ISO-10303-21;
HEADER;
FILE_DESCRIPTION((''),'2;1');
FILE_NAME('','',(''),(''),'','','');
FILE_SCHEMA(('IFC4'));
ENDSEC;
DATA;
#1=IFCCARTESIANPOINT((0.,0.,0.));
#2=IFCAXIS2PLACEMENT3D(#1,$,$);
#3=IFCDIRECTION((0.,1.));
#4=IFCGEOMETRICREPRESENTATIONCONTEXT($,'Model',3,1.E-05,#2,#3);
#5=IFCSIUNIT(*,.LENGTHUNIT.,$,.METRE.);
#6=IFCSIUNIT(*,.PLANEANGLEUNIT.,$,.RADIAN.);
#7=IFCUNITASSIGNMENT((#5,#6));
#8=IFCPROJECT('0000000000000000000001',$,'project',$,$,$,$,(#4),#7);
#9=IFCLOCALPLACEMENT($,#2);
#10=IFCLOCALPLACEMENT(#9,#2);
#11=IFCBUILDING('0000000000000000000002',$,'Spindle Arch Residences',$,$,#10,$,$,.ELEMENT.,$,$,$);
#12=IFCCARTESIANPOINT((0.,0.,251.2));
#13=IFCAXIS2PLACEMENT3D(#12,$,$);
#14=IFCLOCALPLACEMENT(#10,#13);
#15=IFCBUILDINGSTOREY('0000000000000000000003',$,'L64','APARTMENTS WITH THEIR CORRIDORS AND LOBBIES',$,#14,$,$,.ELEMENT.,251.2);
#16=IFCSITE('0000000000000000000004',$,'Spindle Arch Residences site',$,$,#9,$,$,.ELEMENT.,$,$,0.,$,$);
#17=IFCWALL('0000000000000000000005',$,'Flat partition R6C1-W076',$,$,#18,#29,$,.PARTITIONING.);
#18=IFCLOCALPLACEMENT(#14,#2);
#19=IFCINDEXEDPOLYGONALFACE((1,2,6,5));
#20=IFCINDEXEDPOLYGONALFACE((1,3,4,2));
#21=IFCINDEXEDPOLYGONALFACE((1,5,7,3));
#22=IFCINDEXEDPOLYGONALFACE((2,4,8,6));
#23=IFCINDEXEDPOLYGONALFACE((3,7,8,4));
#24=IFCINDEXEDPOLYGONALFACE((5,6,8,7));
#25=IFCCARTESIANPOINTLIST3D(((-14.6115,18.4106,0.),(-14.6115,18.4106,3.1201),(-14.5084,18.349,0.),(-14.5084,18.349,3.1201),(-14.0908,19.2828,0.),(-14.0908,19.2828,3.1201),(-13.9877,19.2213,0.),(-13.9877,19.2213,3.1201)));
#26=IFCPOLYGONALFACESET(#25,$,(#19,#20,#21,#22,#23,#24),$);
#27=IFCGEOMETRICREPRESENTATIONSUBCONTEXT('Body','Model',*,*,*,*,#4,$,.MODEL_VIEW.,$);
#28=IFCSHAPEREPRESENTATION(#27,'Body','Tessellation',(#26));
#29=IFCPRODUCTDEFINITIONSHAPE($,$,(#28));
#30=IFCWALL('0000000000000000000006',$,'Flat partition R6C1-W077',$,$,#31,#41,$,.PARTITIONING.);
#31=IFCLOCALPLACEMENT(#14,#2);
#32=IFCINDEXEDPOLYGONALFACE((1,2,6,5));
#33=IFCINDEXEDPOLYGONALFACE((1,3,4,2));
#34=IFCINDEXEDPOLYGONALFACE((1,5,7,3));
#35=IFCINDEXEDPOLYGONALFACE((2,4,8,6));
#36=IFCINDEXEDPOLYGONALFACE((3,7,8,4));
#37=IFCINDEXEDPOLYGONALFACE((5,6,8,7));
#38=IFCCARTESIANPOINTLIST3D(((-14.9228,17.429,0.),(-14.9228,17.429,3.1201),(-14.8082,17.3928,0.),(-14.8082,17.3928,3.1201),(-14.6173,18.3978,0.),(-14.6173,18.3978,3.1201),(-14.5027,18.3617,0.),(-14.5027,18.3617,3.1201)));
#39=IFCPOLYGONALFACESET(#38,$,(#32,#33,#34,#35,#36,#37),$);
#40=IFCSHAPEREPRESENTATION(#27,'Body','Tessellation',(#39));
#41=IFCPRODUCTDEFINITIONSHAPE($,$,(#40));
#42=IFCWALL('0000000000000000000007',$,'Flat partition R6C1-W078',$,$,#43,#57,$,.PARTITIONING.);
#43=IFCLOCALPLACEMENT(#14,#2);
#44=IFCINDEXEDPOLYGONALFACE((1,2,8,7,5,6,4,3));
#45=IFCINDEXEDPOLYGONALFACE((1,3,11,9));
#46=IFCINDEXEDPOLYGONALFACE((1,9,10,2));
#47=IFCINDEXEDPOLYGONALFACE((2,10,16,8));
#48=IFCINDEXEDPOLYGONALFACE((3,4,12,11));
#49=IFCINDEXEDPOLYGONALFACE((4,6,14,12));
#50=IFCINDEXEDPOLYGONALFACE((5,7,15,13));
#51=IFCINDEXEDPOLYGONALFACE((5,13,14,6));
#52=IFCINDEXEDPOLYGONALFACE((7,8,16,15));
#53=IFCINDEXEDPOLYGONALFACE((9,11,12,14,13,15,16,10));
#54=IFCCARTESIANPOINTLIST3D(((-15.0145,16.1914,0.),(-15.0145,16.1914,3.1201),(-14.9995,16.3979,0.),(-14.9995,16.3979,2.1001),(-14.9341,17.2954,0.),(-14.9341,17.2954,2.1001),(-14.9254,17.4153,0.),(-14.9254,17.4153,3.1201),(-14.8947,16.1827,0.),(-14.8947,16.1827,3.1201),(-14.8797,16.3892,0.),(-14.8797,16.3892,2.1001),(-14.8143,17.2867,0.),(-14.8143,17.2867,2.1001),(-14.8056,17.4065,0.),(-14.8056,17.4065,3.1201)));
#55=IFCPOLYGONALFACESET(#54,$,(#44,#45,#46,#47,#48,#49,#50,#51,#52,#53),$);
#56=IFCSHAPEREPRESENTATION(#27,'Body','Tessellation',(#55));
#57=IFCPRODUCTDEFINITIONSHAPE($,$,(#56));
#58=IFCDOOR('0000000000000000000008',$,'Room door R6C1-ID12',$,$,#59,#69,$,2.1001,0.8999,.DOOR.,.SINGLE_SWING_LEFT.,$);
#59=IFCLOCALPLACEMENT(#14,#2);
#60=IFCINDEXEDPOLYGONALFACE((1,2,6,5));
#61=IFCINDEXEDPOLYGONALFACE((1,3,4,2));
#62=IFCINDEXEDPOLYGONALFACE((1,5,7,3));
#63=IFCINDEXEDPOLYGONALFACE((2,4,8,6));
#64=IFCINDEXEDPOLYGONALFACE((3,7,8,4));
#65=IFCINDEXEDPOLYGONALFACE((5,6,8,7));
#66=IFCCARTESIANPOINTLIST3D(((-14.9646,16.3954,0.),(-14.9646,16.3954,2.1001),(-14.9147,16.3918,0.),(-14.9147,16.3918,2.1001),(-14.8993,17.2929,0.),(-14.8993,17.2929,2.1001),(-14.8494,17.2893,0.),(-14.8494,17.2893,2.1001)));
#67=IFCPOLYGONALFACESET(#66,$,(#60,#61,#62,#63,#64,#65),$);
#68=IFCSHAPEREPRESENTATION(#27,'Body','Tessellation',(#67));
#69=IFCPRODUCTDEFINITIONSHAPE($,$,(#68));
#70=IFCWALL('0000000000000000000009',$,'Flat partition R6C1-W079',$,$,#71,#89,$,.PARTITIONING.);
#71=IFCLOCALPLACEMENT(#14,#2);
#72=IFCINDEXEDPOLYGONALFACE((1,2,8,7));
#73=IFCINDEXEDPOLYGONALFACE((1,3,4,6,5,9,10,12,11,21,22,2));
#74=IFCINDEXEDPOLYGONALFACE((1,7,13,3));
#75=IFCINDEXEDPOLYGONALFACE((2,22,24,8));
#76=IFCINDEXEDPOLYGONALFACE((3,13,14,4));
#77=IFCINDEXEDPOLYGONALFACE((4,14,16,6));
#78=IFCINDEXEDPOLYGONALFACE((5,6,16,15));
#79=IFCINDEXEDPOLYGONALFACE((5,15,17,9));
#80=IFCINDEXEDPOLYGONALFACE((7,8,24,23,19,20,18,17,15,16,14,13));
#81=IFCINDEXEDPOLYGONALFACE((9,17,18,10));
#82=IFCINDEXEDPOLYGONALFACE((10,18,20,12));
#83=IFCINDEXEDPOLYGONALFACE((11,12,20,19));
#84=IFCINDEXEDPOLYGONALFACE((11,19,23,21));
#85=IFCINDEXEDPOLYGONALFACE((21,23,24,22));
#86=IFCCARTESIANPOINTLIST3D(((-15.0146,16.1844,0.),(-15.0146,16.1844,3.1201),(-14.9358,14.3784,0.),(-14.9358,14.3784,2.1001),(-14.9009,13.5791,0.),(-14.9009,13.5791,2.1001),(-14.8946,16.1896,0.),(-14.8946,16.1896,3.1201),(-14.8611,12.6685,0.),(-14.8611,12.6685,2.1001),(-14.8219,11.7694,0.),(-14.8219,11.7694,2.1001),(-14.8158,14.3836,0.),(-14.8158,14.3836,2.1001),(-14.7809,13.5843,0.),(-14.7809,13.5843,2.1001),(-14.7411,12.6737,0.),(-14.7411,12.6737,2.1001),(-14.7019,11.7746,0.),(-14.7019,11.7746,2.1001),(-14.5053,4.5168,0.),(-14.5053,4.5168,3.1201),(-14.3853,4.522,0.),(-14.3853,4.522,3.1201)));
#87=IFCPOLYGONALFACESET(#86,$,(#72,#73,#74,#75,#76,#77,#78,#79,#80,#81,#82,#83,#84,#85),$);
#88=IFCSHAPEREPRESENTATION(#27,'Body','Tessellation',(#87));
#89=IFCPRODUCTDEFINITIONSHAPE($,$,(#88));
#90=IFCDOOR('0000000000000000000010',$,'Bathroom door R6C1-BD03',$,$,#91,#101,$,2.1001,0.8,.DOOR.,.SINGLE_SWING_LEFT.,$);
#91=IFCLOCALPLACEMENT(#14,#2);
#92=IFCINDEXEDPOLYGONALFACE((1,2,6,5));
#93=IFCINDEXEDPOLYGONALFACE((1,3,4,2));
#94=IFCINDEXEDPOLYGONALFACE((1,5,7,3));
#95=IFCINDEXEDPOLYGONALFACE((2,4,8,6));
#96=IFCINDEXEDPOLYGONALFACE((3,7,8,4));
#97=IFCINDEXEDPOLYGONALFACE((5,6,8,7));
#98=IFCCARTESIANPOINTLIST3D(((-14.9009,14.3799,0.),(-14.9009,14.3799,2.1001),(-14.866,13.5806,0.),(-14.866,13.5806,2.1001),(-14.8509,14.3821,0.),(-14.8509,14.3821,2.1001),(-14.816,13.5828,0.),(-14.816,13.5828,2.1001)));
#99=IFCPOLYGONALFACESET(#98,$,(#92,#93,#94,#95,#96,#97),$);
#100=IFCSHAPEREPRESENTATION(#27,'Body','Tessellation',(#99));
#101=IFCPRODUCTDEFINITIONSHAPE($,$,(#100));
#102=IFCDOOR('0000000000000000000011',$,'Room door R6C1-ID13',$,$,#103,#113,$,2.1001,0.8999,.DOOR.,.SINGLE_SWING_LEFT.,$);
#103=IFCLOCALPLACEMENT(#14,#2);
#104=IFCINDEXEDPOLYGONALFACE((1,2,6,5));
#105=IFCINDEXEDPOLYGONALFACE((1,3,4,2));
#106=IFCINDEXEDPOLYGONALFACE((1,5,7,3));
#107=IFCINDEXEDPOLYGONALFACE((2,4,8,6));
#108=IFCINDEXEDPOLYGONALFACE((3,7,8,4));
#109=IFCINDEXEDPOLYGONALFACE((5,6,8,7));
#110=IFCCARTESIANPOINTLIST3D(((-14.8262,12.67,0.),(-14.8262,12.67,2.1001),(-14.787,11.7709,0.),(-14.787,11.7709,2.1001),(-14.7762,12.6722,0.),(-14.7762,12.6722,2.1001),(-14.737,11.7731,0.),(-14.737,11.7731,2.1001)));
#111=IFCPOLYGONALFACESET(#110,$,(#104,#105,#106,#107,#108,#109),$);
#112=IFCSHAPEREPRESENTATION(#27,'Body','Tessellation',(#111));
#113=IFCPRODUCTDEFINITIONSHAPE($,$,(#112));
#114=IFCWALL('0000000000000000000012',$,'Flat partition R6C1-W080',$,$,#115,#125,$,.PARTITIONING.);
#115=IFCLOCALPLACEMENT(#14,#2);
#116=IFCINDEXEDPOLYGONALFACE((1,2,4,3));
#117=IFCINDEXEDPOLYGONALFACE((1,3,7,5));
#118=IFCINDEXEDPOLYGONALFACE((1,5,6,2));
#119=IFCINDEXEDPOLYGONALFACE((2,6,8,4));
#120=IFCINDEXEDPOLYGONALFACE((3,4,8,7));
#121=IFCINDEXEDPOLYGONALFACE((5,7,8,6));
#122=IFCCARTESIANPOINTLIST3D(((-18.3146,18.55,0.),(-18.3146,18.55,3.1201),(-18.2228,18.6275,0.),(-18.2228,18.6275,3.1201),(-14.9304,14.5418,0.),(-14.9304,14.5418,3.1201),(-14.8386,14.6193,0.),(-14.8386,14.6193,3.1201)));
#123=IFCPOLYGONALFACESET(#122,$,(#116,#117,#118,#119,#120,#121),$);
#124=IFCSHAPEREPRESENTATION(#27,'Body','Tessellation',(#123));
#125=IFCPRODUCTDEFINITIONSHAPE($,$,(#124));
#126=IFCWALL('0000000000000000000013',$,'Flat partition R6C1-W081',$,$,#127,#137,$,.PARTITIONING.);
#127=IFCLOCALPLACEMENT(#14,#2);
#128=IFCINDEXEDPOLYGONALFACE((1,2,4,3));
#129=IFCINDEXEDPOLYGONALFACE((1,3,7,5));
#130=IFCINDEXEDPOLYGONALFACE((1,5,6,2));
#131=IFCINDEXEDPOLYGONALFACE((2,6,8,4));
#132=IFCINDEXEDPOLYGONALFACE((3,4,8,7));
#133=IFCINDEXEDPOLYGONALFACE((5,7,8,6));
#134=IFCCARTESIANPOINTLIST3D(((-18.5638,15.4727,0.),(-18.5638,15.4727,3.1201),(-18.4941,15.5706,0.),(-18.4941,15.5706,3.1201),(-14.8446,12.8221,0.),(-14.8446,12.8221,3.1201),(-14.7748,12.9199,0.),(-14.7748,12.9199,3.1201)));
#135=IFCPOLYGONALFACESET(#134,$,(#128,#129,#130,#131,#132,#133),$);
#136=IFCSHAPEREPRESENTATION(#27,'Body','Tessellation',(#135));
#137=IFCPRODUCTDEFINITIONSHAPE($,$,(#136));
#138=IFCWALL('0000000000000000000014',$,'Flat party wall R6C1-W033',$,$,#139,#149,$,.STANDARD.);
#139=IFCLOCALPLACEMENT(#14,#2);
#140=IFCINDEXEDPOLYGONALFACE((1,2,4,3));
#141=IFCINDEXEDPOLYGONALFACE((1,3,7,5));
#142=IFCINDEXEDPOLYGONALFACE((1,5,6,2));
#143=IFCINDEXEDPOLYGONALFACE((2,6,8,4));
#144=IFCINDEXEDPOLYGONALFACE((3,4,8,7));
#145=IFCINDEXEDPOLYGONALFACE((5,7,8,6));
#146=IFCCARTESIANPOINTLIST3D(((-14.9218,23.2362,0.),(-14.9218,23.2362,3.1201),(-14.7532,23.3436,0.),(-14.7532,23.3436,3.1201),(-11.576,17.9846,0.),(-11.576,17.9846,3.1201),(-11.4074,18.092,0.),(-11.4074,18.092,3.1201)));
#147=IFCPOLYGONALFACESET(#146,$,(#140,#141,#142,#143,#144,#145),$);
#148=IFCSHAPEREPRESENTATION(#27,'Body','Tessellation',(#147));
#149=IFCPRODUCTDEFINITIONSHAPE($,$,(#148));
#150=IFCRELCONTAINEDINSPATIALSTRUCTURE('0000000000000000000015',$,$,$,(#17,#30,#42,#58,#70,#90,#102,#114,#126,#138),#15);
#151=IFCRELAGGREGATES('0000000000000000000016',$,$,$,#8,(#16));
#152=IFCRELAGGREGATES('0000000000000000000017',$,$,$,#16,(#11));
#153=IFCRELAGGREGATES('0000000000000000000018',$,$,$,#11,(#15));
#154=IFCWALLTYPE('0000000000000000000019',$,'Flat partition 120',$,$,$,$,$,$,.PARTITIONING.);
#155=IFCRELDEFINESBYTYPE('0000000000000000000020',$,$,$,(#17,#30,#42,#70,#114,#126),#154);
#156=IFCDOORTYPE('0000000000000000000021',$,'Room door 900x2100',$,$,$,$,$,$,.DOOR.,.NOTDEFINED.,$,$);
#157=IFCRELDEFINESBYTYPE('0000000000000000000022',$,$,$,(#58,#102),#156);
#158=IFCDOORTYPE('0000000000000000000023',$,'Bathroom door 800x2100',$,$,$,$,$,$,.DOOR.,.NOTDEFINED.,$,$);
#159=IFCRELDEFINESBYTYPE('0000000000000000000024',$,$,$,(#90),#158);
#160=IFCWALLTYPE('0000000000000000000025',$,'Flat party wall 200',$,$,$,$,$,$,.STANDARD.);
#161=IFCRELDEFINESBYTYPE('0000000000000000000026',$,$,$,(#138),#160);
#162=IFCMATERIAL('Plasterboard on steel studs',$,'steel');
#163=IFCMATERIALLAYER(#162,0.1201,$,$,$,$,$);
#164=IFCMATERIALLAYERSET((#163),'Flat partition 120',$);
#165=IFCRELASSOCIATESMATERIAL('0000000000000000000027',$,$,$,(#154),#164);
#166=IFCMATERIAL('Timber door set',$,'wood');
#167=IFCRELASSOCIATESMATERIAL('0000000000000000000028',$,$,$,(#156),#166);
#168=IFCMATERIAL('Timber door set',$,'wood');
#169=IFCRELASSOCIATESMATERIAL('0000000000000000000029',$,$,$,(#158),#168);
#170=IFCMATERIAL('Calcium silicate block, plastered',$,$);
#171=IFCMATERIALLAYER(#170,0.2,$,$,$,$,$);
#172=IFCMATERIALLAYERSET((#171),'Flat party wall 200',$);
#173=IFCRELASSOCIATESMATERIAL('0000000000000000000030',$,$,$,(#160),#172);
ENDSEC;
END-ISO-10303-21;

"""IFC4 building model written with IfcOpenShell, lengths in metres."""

from ifc_helpers import new_model, si_unit, direction, frame, frame_2d, origin, place, context, subcontext, project, spatial, rectangle, extrude, material, layer, layer_set, type_object, element, fill, save


model = new_model("IFC4")

# Units and contexts
model_context = context("Model", 3, precision=1e-05, world=origin(), true_north=direction((0.0, 1.0)))
body_context = subcontext(model_context, "Body", "Model", "MODEL_VIEW")
ifc_project = project(units=[si_unit("LENGTHUNIT", "METRE"), si_unit("PLANEANGLEUNIT", "RADIAN")], contexts=[model_context])

# Site, building, storey
site_placement = place(None, origin())
site = spatial("IfcSite", under=ifc_project, at=site_placement, Name="Spindle Arch Residences site", CompositionType="ELEMENT", RefElevation=0.0)
building_placement = place(site_placement, origin())
building = spatial("IfcBuilding", under=site, at=building_placement, Name="Spindle Arch Residences", CompositionType="ELEMENT")
storey_placement = place(building_placement, frame((0.0, 0.0, 251.2)))
storey = spatial("IfcBuildingStorey", under=building, at=storey_placement, Name="L64", Description="APARTMENTS WITH THEIR CORRIDORS AND LOBBIES", CompositionType="ELEMENT", Elevation=251.2)

# Walls
ifc_material_1 = material(Name="Plasterboard on steel studs", Category="steel")
ifc_layer_1 = layer(ifc_material_1, 0.1201)
ifc_layer_set_1 = layer_set([ifc_layer_1], Name="Flat partition 120")
wall_type_1 = type_object("IfcWallType", Name="Flat partition 120", PredefinedType="PARTITIONING", material=ifc_layer_set_1)
for number, where, z_axis, x_axis, name in (
    (1, (-14.0393, 19.252, 0.0), (0.0, 0.0, 1.0), (-0.512586, -0.858636, 0.0), "Flat partition R6C1-W076"),
    (2, (-14.5601, 18.3796, 0.0), (0.0, 0.0, 1.0), (-0.300683, -0.953724, 0.0), "Flat partition R6C1-W077"),
):
    element("IfcWall", number, at=place(storey_placement, frame(where, z_axis=z_axis, x_axis=x_axis)), inside=storey, type_object=wall_type_1, Name=name, PredefinedType="PARTITIONING", context=body_context, shape_type="SweptSolid", body=[
        extrude(rectangle(XDim=1.0159, YDim=0.1201, at=frame_2d((0.5078, 0.0))), origin(), (0.0, 0.0, 1.0), 3.1201),
    ])

# Wall, opening, door
wall_1_placement = place(storey_placement, frame((-14.8655, 17.4109, 0.0), z_axis=(0.0, 0.0, 1.0), x_axis=(-0.072618, -0.99736, 0.0)))
wall_1 = element("IfcWall", 3, at=wall_1_placement, inside=storey, type_object=wall_type_1, Name="Flat partition R6C1-W078", PredefinedType="PARTITIONING", context=body_context, shape_type="SweptSolid", body=[
    extrude(rectangle(XDim=1.2271, YDim=0.1201, at=frame_2d((0.6135, 0.0))), origin(), (0.0, 0.0, 1.0), 3.1201),
])
opening_1_placement = place(wall_1_placement, frame((0.1201, 0.0, 0.0)))
opening_1 = element("IfcOpeningElement", 4, at=opening_1_placement, cuts=wall_1, PredefinedType="OPENING", context=body_context, shape_type="SweptSolid", body=[
    extrude(rectangle(XDim=0.8999, YDim=2.1001, at=frame_2d((0.45, 1.05))), frame((0.0, 0.0701, 0.0), z_axis=(0.0, -1.0, 0.0), x_axis=(1.0, 0.0, 0.0)), (0.0, 0.0, 1.0), 0.1401),
])
ifc_material_2 = material(Name="Timber door set", Category="wood")
door_type_1 = type_object("IfcDoorType", Name="Room door 900x2100", OperationType="NOTDEFINED", PredefinedType="DOOR", material=ifc_material_2)
door_1_placement = place(opening_1_placement, origin())
door_1 = element("IfcDoor", 5, at=door_1_placement, inside=storey, type_object=door_type_1, Name="Room door R6C1-ID12", OperationType="SINGLE_SWING_LEFT", OverallHeight=2.1001, OverallWidth=0.8999, PredefinedType="DOOR", context=body_context, shape_type="SweptSolid", body=[
    extrude(rectangle(XDim=0.8999, YDim=2.1001, at=frame_2d((0.45, 1.05))), frame((0.0, 0.0249, 0.0), z_axis=(0.0, -1.0, 0.0), x_axis=(1.0, 0.0, 0.0)), (0.0, 0.0, 1.0), 0.05),
])
fill(opening_1, door_1)

# Wall, openings, doors
wall_2_placement = place(storey_placement, frame((-14.9546, 16.187, 0.0), z_axis=(0.0, 0.0, 1.0), x_axis=(0.043608, -0.999049, 0.0)))
wall_2 = element("IfcWall", 6, at=wall_2_placement, inside=storey, type_object=wall_type_1, Name="Flat partition R6C1-W079", PredefinedType="PARTITIONING", context=body_context, shape_type="SweptSolid", body=[
    extrude(rectangle(XDim=11.6787, YDim=0.1201, at=frame_2d((5.8394, 0.0))), origin(), (0.0, 0.0, 1.0), 3.1201),
])
opening_2_placement = place(wall_2_placement, frame((1.8079, 0.0, 0.0)))
opening_2 = element("IfcOpeningElement", 7, at=opening_2_placement, cuts=wall_2, PredefinedType="OPENING", context=body_context, shape_type="SweptSolid", body=[
    extrude(rectangle(XDim=0.8, YDim=2.1001, at=frame_2d((0.3999, 1.05))), frame((0.0, 0.0701, 0.0), z_axis=(0.0, -1.0, 0.0), x_axis=(1.0, 0.0, 0.0)), (0.0, 0.0, 1.0), 0.1401),
])
opening_3_placement = place(wall_2_placement, frame((3.5193, 0.0, 0.0)))
opening_3 = element("IfcOpeningElement", 8, at=opening_3_placement, cuts=wall_2, PredefinedType="OPENING", context=body_context, shape_type="SweptSolid", body=[
    extrude(rectangle(XDim=0.8999, YDim=2.1001, at=frame_2d((0.45, 1.05))), frame((0.0, 0.0701, 0.0), z_axis=(0.0, -1.0, 0.0), x_axis=(1.0, 0.0, 0.0)), (0.0, 0.0, 1.0), 0.1401),
])
ifc_material_3 = material(Name="Timber door set", Category="wood")
door_type_2 = type_object("IfcDoorType", Name="Bathroom door 800x2100", OperationType="NOTDEFINED", PredefinedType="DOOR", material=ifc_material_3)
door_2_placement = place(opening_2_placement, origin())
door_2 = element("IfcDoor", 9, at=door_2_placement, inside=storey, type_object=door_type_2, Name="Bathroom door R6C1-BD03", OperationType="SINGLE_SWING_LEFT", OverallHeight=2.1001, OverallWidth=0.8, PredefinedType="DOOR", context=body_context, shape_type="SweptSolid", body=[
    extrude(rectangle(XDim=0.8, YDim=2.1001, at=frame_2d((0.3999, 1.05))), frame((0.0, 0.0249, 0.0), z_axis=(0.0, -1.0, 0.0), x_axis=(1.0, 0.0, 0.0)), (0.0, 0.0, 1.0), 0.05),
])
fill(opening_2, door_2)
door_3_placement = place(opening_3_placement, origin())
door_3 = element("IfcDoor", 10, at=door_3_placement, inside=storey, type_object=door_type_1, Name="Room door R6C1-ID13", OperationType="SINGLE_SWING_LEFT", OverallHeight=2.1001, OverallWidth=0.8999, PredefinedType="DOOR", context=body_context, shape_type="SweptSolid", body=[
    extrude(rectangle(XDim=0.8999, YDim=2.1001, at=frame_2d((0.45, 1.05))), frame((0.0, 0.0249, 0.0), z_axis=(0.0, -1.0, 0.0), x_axis=(1.0, 0.0, 0.0)), (0.0, 0.0, 1.0), 0.05),
])
fill(opening_3, door_3)

# Walls
wall_3_placement = place(storey_placement, frame((-18.2688, 18.5889, 0.0), z_axis=(0.0, 0.0, 1.0), x_axis=(0.645124, -0.764078, 0.0)))
element("IfcWall", 11, at=wall_3_placement, inside=storey, type_object=wall_type_1, Name="Flat partition R6C1-W080", PredefinedType="PARTITIONING", context=body_context, shape_type="SweptSolid", body=[
    extrude(rectangle(XDim=5.2458, YDim=0.1201, at=frame_2d((2.623, 0.0))), origin(), (0.0, 0.0, 1.0), 3.1201),
])
wall_4_placement = place(storey_placement, frame((-18.5291, 15.5217, 0.0), z_axis=(0.0, 0.0, 1.0), x_axis=(0.814351, -0.580373, 0.0)))
element("IfcWall", 12, at=wall_4_placement, inside=storey, type_object=wall_type_1, Name="Flat partition R6C1-W081", PredefinedType="PARTITIONING", context=body_context, shape_type="SweptSolid", body=[
    extrude(rectangle(XDim=4.5671, YDim=0.1201, at=frame_2d((2.2837, 0.0))), origin(), (0.0, 0.0, 1.0), 3.1201),
])
ifc_material_4 = material(Name="Calcium silicate block, plastered")
ifc_layer_2 = layer(ifc_material_4, 0.2)
ifc_layer_set_2 = layer_set([ifc_layer_2], Name="Flat party wall 200")
wall_type_2 = type_object("IfcWallType", Name="Flat party wall 200", PredefinedType="STANDARD", material=ifc_layer_set_2)
wall_5_placement = place(storey_placement, frame((-14.8374, 23.2898, 0.0), z_axis=(0.0, 0.0, 1.0), x_axis=(0.537317, -0.84338, 0.0)))
element("IfcWall", 13, at=wall_5_placement, inside=storey, type_object=wall_type_2, Name="Flat party wall R6C1-W033", PredefinedType="STANDARD", context=body_context, shape_type="SweptSolid", body=[
    extrude(rectangle(XDim=6.2268, YDim=0.2, at=frame_2d((3.1133, 0.0))), origin(), (0.0, 0.0, 1.0), 3.1201),
])

save(model, "model.ifc")
